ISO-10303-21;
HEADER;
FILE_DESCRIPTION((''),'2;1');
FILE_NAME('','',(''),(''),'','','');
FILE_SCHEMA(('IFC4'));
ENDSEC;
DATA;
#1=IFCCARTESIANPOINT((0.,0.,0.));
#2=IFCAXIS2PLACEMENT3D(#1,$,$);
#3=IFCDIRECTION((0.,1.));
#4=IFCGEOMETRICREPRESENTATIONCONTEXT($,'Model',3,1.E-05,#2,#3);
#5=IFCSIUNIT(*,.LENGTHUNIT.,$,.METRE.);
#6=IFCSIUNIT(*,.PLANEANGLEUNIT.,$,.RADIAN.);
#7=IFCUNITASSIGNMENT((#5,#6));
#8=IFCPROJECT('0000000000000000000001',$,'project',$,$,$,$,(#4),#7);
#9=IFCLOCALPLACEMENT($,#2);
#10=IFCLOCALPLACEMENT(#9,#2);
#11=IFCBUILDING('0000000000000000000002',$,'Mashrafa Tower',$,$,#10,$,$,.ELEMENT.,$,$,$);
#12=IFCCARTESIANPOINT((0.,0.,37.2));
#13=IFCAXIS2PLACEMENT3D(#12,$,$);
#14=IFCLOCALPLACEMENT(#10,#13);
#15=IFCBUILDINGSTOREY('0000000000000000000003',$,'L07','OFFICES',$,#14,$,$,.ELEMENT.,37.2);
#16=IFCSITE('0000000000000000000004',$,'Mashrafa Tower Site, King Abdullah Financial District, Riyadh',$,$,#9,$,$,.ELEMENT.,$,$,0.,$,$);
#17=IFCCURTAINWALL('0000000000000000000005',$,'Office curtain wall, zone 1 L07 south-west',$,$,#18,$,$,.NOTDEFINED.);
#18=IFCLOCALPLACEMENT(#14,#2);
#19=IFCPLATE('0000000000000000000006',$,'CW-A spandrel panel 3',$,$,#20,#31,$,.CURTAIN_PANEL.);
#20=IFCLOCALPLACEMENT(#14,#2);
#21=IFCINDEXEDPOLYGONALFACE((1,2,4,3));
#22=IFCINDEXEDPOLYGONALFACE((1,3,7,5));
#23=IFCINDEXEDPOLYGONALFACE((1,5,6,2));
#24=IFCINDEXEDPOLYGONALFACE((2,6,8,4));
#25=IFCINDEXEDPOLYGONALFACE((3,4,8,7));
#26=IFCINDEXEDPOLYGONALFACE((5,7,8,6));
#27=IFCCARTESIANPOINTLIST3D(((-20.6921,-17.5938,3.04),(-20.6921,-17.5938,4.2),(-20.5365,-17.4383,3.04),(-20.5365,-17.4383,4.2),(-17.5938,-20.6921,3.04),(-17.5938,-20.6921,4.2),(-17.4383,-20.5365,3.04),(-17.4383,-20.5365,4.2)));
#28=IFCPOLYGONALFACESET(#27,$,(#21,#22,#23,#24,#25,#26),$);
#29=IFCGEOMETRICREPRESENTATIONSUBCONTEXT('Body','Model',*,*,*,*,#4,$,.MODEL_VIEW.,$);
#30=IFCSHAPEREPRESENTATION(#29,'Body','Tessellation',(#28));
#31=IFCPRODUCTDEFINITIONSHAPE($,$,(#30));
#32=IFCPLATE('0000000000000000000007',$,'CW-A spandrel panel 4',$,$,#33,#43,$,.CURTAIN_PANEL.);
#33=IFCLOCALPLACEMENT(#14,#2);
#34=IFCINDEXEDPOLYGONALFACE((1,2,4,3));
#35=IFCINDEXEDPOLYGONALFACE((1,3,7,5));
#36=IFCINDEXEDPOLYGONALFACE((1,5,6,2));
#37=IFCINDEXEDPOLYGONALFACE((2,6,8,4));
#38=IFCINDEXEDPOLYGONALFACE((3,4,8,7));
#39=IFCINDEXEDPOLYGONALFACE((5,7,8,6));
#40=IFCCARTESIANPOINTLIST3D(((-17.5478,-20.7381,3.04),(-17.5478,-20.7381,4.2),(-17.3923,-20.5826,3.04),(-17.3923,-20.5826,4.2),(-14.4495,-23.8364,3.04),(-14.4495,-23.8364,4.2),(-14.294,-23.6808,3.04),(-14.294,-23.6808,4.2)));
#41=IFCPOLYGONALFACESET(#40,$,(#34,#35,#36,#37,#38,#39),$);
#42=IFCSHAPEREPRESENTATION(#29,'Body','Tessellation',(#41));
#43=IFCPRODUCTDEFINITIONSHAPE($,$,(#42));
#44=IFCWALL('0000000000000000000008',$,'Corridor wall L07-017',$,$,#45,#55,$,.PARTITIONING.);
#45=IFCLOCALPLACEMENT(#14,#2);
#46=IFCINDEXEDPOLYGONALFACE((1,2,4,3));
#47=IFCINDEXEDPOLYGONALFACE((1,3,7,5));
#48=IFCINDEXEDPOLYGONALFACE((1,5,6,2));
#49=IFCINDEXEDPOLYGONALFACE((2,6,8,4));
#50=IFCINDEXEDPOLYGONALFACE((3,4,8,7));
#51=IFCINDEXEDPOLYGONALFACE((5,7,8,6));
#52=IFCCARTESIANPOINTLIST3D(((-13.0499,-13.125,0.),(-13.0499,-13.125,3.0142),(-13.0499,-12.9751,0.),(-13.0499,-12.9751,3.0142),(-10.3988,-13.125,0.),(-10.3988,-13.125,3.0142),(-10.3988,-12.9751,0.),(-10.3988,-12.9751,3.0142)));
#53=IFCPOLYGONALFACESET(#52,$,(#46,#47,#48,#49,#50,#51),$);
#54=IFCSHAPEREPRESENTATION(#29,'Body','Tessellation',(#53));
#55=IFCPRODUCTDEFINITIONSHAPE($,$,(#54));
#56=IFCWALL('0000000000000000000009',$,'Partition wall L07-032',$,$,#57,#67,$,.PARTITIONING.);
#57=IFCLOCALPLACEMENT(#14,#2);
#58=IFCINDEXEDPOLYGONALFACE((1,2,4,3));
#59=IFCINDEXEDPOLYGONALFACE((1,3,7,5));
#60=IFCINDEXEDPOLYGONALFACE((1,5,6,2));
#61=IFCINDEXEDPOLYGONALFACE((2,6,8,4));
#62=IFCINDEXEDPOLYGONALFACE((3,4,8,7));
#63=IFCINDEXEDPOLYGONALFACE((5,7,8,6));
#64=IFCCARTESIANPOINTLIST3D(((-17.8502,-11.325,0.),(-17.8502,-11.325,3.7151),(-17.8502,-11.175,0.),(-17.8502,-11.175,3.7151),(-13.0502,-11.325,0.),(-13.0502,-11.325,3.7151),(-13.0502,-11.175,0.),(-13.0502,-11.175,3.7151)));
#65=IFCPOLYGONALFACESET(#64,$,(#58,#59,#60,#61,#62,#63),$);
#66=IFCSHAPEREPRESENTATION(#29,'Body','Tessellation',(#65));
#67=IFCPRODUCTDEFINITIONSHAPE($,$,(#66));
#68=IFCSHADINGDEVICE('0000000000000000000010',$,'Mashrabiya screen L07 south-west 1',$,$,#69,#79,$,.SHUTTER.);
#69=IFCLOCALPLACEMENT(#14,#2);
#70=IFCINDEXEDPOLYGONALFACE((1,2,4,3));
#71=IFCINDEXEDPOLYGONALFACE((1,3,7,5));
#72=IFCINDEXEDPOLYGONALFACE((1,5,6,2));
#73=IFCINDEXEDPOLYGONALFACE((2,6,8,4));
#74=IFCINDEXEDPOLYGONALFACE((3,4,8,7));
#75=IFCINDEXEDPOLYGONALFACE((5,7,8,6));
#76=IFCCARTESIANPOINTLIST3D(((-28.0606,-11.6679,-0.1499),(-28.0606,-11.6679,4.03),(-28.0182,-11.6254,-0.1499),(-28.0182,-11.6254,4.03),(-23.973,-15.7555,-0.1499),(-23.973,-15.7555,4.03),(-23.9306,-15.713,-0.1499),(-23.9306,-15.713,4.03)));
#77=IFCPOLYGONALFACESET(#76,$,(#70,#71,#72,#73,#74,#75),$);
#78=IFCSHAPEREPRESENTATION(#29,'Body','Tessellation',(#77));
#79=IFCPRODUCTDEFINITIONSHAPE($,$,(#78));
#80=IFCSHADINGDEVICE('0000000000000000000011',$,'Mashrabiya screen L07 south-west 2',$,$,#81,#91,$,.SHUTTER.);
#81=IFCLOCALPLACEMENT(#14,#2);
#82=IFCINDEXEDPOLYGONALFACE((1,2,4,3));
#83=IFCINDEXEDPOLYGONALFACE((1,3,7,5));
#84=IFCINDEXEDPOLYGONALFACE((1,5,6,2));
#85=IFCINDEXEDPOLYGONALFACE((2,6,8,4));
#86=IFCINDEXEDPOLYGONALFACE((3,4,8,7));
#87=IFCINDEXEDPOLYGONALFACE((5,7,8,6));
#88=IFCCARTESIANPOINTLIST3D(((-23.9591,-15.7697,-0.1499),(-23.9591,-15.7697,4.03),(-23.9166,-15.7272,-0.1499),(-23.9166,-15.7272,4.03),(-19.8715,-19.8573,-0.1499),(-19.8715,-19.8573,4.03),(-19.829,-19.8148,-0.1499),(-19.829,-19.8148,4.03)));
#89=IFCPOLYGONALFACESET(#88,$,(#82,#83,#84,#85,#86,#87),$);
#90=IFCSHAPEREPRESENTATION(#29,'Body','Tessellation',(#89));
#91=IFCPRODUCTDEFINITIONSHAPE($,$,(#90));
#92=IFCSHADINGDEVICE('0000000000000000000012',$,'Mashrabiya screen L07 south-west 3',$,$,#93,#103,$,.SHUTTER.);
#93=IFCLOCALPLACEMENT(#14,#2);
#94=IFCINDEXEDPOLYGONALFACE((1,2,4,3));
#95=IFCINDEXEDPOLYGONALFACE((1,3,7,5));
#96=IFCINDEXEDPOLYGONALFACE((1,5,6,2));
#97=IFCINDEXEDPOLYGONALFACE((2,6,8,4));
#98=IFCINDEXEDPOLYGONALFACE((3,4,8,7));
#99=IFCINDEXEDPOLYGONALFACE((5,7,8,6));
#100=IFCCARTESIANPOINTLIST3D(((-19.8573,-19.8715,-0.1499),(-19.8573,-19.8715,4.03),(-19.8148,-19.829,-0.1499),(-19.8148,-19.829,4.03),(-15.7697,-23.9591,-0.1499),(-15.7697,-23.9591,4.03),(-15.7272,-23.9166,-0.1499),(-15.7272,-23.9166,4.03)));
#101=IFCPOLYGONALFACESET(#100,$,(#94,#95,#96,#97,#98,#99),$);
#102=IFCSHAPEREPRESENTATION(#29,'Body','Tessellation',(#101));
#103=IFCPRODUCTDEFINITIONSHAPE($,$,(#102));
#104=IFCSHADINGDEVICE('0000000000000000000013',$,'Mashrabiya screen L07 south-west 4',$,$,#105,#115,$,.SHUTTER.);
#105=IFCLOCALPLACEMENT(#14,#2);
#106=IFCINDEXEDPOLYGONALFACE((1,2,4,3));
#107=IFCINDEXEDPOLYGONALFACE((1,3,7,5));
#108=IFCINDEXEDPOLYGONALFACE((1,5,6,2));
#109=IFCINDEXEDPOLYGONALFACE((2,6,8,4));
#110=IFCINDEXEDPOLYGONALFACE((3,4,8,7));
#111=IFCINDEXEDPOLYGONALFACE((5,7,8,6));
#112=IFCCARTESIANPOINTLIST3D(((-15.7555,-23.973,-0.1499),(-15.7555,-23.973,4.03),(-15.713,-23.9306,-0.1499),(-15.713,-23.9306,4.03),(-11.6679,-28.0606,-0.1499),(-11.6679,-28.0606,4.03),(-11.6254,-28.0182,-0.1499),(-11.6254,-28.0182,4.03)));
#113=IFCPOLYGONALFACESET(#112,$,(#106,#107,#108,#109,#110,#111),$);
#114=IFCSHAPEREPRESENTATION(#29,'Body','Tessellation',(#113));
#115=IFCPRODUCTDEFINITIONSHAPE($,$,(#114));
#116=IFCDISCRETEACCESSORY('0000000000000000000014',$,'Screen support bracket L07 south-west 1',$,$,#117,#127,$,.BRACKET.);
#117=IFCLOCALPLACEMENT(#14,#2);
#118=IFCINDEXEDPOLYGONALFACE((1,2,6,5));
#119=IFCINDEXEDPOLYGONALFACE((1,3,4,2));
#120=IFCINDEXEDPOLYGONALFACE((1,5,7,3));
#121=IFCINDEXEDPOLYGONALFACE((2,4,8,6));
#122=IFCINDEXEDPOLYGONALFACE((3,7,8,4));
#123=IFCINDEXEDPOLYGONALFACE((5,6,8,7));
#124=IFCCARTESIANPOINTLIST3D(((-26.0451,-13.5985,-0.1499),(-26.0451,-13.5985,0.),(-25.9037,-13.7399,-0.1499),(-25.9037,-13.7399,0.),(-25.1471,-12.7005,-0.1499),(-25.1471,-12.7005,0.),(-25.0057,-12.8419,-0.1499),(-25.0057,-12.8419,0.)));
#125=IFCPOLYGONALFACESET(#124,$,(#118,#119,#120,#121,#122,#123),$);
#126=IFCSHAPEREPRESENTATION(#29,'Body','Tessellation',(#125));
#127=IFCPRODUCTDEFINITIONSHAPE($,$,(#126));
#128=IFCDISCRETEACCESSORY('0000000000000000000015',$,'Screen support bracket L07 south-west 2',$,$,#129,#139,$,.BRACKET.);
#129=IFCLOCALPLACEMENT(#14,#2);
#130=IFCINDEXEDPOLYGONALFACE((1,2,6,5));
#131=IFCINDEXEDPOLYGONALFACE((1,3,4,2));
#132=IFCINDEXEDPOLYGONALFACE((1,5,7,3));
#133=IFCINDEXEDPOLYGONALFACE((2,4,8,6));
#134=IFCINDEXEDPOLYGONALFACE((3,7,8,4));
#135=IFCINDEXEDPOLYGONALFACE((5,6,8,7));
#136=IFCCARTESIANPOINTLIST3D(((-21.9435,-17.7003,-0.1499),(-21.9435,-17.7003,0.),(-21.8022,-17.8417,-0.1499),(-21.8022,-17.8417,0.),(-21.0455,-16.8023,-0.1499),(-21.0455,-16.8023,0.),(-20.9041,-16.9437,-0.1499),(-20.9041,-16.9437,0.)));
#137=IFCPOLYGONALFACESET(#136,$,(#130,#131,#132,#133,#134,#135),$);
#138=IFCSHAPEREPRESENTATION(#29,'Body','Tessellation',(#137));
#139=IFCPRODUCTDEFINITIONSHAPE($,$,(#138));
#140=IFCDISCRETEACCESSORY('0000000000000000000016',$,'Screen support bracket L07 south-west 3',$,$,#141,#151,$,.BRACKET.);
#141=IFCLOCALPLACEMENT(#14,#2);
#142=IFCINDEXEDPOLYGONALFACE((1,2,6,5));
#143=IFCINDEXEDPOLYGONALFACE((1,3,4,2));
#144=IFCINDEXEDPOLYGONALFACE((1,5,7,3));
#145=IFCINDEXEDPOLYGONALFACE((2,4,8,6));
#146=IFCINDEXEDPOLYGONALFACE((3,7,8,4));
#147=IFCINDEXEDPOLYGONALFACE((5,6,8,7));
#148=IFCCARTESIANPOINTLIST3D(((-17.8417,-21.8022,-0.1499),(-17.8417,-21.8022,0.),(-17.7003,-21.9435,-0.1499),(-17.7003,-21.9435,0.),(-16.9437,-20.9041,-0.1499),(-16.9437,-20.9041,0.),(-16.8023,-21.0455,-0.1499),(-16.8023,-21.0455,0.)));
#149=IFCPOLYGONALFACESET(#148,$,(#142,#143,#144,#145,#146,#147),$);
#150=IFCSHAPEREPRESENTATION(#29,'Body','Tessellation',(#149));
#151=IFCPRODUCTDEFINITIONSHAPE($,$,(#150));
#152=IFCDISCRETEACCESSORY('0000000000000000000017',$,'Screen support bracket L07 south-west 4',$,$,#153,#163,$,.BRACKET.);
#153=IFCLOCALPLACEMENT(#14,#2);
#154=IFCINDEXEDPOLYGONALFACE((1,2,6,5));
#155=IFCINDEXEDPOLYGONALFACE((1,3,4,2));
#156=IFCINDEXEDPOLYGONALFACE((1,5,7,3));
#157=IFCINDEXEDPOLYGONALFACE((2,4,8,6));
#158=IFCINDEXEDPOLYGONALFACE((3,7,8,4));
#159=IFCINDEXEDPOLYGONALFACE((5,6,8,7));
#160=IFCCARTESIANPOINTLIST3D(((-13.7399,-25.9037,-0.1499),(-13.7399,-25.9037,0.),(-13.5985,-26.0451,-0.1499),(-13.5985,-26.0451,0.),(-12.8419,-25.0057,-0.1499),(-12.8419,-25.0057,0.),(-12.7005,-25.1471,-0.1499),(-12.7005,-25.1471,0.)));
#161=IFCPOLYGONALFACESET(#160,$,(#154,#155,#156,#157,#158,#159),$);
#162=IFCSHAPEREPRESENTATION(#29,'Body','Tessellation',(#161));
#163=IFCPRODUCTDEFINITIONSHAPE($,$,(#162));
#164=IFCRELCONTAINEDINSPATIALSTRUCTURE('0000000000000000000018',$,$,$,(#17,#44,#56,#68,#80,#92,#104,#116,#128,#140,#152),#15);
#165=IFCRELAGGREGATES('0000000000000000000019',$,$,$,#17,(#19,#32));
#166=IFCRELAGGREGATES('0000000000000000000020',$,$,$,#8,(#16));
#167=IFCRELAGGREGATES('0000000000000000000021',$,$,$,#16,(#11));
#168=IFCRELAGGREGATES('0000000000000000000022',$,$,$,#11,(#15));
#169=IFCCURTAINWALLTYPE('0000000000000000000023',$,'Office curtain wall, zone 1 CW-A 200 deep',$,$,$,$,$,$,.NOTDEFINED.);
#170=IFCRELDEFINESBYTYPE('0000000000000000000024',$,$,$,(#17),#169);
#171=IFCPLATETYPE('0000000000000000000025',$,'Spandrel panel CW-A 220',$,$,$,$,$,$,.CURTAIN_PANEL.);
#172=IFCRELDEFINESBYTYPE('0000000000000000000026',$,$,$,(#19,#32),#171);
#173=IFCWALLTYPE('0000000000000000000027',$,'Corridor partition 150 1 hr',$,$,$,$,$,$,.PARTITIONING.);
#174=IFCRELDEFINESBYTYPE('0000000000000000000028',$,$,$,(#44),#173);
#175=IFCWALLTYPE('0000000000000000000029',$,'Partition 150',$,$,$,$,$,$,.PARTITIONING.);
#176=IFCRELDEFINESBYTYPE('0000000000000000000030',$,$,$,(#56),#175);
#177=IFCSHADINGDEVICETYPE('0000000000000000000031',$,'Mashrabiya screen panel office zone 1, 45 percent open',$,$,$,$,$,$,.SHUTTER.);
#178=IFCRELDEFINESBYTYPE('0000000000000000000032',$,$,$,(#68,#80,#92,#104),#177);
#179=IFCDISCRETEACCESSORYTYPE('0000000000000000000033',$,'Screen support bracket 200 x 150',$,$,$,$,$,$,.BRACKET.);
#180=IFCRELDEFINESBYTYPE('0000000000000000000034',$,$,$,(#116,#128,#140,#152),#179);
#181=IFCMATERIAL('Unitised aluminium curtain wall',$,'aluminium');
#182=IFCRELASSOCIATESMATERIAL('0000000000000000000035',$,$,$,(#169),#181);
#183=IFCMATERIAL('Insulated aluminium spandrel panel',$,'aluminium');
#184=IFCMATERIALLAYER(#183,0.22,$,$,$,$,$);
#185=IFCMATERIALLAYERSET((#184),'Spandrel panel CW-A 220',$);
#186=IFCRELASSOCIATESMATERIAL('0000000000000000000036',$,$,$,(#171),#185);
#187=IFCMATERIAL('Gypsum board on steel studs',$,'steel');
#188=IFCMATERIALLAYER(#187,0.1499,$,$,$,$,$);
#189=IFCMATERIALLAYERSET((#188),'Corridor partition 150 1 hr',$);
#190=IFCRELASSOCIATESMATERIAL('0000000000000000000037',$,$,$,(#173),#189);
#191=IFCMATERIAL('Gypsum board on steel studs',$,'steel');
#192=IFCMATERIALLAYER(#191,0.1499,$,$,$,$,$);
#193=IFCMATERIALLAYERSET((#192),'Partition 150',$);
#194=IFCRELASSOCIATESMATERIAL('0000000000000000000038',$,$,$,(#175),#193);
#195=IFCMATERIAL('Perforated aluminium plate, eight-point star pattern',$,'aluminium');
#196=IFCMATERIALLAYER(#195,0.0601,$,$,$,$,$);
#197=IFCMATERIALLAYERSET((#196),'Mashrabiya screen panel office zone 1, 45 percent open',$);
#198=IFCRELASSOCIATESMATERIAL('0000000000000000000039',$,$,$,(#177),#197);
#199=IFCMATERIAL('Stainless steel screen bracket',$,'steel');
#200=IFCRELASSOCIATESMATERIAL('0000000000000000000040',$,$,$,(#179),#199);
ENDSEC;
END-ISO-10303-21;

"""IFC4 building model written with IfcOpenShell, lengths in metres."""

from ifc_helpers import new_model, si_unit, direction, frame, frame_2d, origin, origin_2d, place, context, subcontext, project, spatial, rectangle, extrude, source, transform, mapped, material, layer, layer_set, type_object, type_shapes, element, aggregate, save


model = new_model("IFC4")

# Units and contexts
model_context = context("Model", 3, precision=1e-05, world=origin(), true_north=direction((0.0, 1.0)))
body_context = subcontext(model_context, "Body", "Model", "MODEL_VIEW")
ifc_project = project(units=[si_unit("LENGTHUNIT", "METRE"), si_unit("PLANEANGLEUNIT", "RADIAN")], contexts=[model_context])

# Site, building, storey
site_placement = place(None, origin())
site = spatial("IfcSite", under=ifc_project, at=site_placement, Name="Mashrafa Tower Site, King Abdullah Financial District, Riyadh", CompositionType="ELEMENT", RefElevation=0.0)
building_placement = place(site_placement, origin())
building = spatial("IfcBuilding", under=site, at=building_placement, Name="Mashrafa Tower", CompositionType="ELEMENT")
storey_placement = place(building_placement, frame((0.0, 0.0, 37.2)))
storey = spatial("IfcBuildingStorey", under=building, at=storey_placement, Name="L07", Description="OFFICES", CompositionType="ELEMENT", Elevation=37.2)

# Curtain wall, plates
ifc_material_1 = material(Name="Unitised aluminium curtain wall", Category="aluminium")
curtain_wall_type = type_object("IfcCurtainWallType", Name="Office curtain wall, zone 1 CW-A 200 deep", PredefinedType="NOTDEFINED", material=ifc_material_1)
curtain_wall_placement = place(storey_placement, origin())
curtain_wall = element("IfcCurtainWall", 1, at=curtain_wall_placement, inside=storey, type_object=curtain_wall_type, Name="Office curtain wall, zone 1 L07 south-west", PredefinedType="NOTDEFINED")
ifc_material_2 = material(Name="Insulated aluminium spandrel panel", Category="aluminium")
ifc_layer_1 = layer(ifc_material_2, 0.22)
ifc_layer_set_1 = layer_set([ifc_layer_1], Name="Spandrel panel CW-A 220")
plate_type_1 = type_object("IfcPlateType", Name="Spandrel panel CW-A 220", PredefinedType="CURTAIN_PANEL", material=ifc_layer_set_1)
shared_shape_1 = source(origin(), body_context, "Body", "SweptSolid", [
    extrude(rectangle(XDim=4.3816, YDim=0.22, at=origin_2d()), origin(), (0.0, 0.0, 1.0), 1.1599),
])
plate_1_placement = place(storey_placement, frame((-19.0652, -19.0652, 3.04), z_axis=(0.0, 0.0, 1.0), x_axis=(0.707107, -0.707107, 0.0)))
plate_1 = element("IfcPlate", 2, at=plate_1_placement, type_object=plate_type_1, Name="CW-A spandrel panel 3", PredefinedType="CURTAIN_PANEL", context=body_context, shape_type="MappedRepresentation", body=[
    mapped(shared_shape_1, transform((0.0, 0.0, 0.0))),
])
plate_2_placement = place(storey_placement, frame((-15.9209, -22.2095, 3.04), z_axis=(0.0, 0.0, 1.0), x_axis=(0.707107, -0.707107, 0.0)))
plate_2 = element("IfcPlate", 3, at=plate_2_placement, type_object=plate_type_1, Name="CW-A spandrel panel 4", PredefinedType="CURTAIN_PANEL", context=body_context, shape_type="MappedRepresentation", body=[
    mapped(shared_shape_1, transform((0.0, 0.0, 0.0))),
])
aggregate(curtain_wall, [plate_1, plate_2])

# Walls
ifc_material_3 = material(Name="Gypsum board on steel studs", Category="steel")
ifc_layer_2 = layer(ifc_material_3, 0.1499)
ifc_layer_set_2 = layer_set([ifc_layer_2], Name="Corridor partition 150 1 hr")
wall_type_1 = type_object("IfcWallType", Name="Corridor partition 150 1 hr", PredefinedType="PARTITIONING", material=ifc_layer_set_2)
wall_1_placement = place(storey_placement, frame((-13.05, -13.05, 0.0), z_axis=(0.0, 0.0, 1.0), x_axis=(1.0, 0.0, 0.0)))
element("IfcWall", 4, at=wall_1_placement, inside=storey, type_object=wall_type_1, Name="Corridor wall L07-017", PredefinedType="PARTITIONING", context=body_context, shape_type="SweptSolid", body=[
    extrude(rectangle(XDim=2.6511, YDim=0.1499, at=frame_2d((1.3257, 0.0))), origin(), (0.0, 0.0, 1.0), 3.0142),
])
ifc_material_4 = material(Name="Gypsum board on steel studs", Category="steel")
ifc_layer_3 = layer(ifc_material_4, 0.1499)
ifc_layer_set_3 = layer_set([ifc_layer_3], Name="Partition 150")
wall_type_2 = type_object("IfcWallType", Name="Partition 150", PredefinedType="PARTITIONING", material=ifc_layer_set_3)
wall_2_placement = place(storey_placement, frame((-17.8501, -11.25, 0.0), z_axis=(0.0, 0.0, 1.0), x_axis=(1.0, 0.0, 0.0)))
element("IfcWall", 5, at=wall_2_placement, inside=storey, type_object=wall_type_2, Name="Partition wall L07-032", PredefinedType="PARTITIONING", context=body_context, shape_type="SweptSolid", body=[
    extrude(rectangle(XDim=4.8, YDim=0.1499, at=frame_2d((2.3999, 0.0))), origin(), (0.0, 0.0, 1.0), 3.7151),
])

# Shading devices
ifc_material_5 = material(Name="Perforated aluminium plate, eight-point star pattern", Category="aluminium")
ifc_layer_4 = layer(ifc_material_5, 0.0601)
ifc_layer_set_4 = layer_set([ifc_layer_4], Name="Mashrabiya screen panel office zone 1, 45 percent open")
shading_device_type = type_object("IfcShadingDeviceType", Name="Mashrabiya screen panel office zone 1, 45 percent open", PredefinedType="SHUTTER", material=ifc_layer_set_4)
shared_shape_2 = source(origin(), body_context, "Body", "SweptSolid", [
    extrude(rectangle(XDim=5.7808, YDim=0.0601, at=origin_2d()), origin(), (0.0, 0.0, 1.0), 4.1799),
])
type_shapes(shading_device_type, [shared_shape_2])
for number, where, z_axis, x_axis, name in (
    (6, (-25.9956, -13.6904, -0.1499), (0.0, 0.0, 1.0), (0.707107, -0.707107, 0.0), "Mashrabiya screen L07 south-west 1"),
    (7, (-21.894, -17.7922, -0.1499), (0.0, 0.0, 1.0), (0.707107, -0.707107, 0.0), "Mashrabiya screen L07 south-west 2"),
    (8, (-17.7922, -21.894, -0.1499), (0.0, 0.0, 1.0), (0.707107, -0.707107, 0.0), "Mashrabiya screen L07 south-west 3"),
    (9, (-13.6904, -25.9956, -0.1499), (0.0, 0.0, 1.0), (0.707107, -0.707107, 0.0), "Mashrabiya screen L07 south-west 4"),
):
    element("IfcShadingDevice", number, at=place(storey_placement, frame(where, z_axis=z_axis, x_axis=x_axis)), inside=storey, type_object=shading_device_type, Name=name, PredefinedType="SHUTTER", context=body_context, shape_type="MappedRepresentation", body=[
        mapped(shared_shape_2, transform((0.0, 0.0, 0.0))),
    ])

# Discrete accessories
ifc_material_6 = material(Name="Stainless steel screen bracket", Category="steel")
discrete_accessory_type = type_object("IfcDiscreteAccessoryType", Name="Screen support bracket 200 x 150", PredefinedType="BRACKET", material=ifc_material_6)
shared_shape_3 = source(origin(), body_context, "Body", "SweptSolid", [
    extrude(rectangle(XDim=0.2, YDim=1.27, at=origin_2d()), origin(), (0.0, 0.0, 1.0), 0.1499),
])
type_shapes(discrete_accessory_type, [shared_shape_3])
for number, where, z_axis, x_axis, name in (
    (10, (-25.5254, -13.2202, -0.1499), (0.0, 0.0, 1.0), (0.707107, -0.707107, 0.0), "Screen support bracket L07 south-west 1"),
    (11, (-21.4238, -17.322, -0.1499), (0.0, 0.0, 1.0), (0.707107, -0.707107, 0.0), "Screen support bracket L07 south-west 2"),
    (12, (-17.322, -21.4238, -0.1499), (0.0, 0.0, 1.0), (0.707107, -0.707107, 0.0), "Screen support bracket L07 south-west 3"),
    (13, (-13.2202, -25.5254, -0.1499), (0.0, 0.0, 1.0), (0.707107, -0.707107, 0.0), "Screen support bracket L07 south-west 4"),
):
    element("IfcDiscreteAccessory", number, at=place(storey_placement, frame(where, z_axis=z_axis, x_axis=x_axis)), inside=storey, type_object=discrete_accessory_type, Name=name, PredefinedType="BRACKET", context=body_context, shape_type="MappedRepresentation", body=[
        mapped(shared_shape_3, transform((0.0, 0.0, 0.0))),
    ])

save(model, "model.ifc")
